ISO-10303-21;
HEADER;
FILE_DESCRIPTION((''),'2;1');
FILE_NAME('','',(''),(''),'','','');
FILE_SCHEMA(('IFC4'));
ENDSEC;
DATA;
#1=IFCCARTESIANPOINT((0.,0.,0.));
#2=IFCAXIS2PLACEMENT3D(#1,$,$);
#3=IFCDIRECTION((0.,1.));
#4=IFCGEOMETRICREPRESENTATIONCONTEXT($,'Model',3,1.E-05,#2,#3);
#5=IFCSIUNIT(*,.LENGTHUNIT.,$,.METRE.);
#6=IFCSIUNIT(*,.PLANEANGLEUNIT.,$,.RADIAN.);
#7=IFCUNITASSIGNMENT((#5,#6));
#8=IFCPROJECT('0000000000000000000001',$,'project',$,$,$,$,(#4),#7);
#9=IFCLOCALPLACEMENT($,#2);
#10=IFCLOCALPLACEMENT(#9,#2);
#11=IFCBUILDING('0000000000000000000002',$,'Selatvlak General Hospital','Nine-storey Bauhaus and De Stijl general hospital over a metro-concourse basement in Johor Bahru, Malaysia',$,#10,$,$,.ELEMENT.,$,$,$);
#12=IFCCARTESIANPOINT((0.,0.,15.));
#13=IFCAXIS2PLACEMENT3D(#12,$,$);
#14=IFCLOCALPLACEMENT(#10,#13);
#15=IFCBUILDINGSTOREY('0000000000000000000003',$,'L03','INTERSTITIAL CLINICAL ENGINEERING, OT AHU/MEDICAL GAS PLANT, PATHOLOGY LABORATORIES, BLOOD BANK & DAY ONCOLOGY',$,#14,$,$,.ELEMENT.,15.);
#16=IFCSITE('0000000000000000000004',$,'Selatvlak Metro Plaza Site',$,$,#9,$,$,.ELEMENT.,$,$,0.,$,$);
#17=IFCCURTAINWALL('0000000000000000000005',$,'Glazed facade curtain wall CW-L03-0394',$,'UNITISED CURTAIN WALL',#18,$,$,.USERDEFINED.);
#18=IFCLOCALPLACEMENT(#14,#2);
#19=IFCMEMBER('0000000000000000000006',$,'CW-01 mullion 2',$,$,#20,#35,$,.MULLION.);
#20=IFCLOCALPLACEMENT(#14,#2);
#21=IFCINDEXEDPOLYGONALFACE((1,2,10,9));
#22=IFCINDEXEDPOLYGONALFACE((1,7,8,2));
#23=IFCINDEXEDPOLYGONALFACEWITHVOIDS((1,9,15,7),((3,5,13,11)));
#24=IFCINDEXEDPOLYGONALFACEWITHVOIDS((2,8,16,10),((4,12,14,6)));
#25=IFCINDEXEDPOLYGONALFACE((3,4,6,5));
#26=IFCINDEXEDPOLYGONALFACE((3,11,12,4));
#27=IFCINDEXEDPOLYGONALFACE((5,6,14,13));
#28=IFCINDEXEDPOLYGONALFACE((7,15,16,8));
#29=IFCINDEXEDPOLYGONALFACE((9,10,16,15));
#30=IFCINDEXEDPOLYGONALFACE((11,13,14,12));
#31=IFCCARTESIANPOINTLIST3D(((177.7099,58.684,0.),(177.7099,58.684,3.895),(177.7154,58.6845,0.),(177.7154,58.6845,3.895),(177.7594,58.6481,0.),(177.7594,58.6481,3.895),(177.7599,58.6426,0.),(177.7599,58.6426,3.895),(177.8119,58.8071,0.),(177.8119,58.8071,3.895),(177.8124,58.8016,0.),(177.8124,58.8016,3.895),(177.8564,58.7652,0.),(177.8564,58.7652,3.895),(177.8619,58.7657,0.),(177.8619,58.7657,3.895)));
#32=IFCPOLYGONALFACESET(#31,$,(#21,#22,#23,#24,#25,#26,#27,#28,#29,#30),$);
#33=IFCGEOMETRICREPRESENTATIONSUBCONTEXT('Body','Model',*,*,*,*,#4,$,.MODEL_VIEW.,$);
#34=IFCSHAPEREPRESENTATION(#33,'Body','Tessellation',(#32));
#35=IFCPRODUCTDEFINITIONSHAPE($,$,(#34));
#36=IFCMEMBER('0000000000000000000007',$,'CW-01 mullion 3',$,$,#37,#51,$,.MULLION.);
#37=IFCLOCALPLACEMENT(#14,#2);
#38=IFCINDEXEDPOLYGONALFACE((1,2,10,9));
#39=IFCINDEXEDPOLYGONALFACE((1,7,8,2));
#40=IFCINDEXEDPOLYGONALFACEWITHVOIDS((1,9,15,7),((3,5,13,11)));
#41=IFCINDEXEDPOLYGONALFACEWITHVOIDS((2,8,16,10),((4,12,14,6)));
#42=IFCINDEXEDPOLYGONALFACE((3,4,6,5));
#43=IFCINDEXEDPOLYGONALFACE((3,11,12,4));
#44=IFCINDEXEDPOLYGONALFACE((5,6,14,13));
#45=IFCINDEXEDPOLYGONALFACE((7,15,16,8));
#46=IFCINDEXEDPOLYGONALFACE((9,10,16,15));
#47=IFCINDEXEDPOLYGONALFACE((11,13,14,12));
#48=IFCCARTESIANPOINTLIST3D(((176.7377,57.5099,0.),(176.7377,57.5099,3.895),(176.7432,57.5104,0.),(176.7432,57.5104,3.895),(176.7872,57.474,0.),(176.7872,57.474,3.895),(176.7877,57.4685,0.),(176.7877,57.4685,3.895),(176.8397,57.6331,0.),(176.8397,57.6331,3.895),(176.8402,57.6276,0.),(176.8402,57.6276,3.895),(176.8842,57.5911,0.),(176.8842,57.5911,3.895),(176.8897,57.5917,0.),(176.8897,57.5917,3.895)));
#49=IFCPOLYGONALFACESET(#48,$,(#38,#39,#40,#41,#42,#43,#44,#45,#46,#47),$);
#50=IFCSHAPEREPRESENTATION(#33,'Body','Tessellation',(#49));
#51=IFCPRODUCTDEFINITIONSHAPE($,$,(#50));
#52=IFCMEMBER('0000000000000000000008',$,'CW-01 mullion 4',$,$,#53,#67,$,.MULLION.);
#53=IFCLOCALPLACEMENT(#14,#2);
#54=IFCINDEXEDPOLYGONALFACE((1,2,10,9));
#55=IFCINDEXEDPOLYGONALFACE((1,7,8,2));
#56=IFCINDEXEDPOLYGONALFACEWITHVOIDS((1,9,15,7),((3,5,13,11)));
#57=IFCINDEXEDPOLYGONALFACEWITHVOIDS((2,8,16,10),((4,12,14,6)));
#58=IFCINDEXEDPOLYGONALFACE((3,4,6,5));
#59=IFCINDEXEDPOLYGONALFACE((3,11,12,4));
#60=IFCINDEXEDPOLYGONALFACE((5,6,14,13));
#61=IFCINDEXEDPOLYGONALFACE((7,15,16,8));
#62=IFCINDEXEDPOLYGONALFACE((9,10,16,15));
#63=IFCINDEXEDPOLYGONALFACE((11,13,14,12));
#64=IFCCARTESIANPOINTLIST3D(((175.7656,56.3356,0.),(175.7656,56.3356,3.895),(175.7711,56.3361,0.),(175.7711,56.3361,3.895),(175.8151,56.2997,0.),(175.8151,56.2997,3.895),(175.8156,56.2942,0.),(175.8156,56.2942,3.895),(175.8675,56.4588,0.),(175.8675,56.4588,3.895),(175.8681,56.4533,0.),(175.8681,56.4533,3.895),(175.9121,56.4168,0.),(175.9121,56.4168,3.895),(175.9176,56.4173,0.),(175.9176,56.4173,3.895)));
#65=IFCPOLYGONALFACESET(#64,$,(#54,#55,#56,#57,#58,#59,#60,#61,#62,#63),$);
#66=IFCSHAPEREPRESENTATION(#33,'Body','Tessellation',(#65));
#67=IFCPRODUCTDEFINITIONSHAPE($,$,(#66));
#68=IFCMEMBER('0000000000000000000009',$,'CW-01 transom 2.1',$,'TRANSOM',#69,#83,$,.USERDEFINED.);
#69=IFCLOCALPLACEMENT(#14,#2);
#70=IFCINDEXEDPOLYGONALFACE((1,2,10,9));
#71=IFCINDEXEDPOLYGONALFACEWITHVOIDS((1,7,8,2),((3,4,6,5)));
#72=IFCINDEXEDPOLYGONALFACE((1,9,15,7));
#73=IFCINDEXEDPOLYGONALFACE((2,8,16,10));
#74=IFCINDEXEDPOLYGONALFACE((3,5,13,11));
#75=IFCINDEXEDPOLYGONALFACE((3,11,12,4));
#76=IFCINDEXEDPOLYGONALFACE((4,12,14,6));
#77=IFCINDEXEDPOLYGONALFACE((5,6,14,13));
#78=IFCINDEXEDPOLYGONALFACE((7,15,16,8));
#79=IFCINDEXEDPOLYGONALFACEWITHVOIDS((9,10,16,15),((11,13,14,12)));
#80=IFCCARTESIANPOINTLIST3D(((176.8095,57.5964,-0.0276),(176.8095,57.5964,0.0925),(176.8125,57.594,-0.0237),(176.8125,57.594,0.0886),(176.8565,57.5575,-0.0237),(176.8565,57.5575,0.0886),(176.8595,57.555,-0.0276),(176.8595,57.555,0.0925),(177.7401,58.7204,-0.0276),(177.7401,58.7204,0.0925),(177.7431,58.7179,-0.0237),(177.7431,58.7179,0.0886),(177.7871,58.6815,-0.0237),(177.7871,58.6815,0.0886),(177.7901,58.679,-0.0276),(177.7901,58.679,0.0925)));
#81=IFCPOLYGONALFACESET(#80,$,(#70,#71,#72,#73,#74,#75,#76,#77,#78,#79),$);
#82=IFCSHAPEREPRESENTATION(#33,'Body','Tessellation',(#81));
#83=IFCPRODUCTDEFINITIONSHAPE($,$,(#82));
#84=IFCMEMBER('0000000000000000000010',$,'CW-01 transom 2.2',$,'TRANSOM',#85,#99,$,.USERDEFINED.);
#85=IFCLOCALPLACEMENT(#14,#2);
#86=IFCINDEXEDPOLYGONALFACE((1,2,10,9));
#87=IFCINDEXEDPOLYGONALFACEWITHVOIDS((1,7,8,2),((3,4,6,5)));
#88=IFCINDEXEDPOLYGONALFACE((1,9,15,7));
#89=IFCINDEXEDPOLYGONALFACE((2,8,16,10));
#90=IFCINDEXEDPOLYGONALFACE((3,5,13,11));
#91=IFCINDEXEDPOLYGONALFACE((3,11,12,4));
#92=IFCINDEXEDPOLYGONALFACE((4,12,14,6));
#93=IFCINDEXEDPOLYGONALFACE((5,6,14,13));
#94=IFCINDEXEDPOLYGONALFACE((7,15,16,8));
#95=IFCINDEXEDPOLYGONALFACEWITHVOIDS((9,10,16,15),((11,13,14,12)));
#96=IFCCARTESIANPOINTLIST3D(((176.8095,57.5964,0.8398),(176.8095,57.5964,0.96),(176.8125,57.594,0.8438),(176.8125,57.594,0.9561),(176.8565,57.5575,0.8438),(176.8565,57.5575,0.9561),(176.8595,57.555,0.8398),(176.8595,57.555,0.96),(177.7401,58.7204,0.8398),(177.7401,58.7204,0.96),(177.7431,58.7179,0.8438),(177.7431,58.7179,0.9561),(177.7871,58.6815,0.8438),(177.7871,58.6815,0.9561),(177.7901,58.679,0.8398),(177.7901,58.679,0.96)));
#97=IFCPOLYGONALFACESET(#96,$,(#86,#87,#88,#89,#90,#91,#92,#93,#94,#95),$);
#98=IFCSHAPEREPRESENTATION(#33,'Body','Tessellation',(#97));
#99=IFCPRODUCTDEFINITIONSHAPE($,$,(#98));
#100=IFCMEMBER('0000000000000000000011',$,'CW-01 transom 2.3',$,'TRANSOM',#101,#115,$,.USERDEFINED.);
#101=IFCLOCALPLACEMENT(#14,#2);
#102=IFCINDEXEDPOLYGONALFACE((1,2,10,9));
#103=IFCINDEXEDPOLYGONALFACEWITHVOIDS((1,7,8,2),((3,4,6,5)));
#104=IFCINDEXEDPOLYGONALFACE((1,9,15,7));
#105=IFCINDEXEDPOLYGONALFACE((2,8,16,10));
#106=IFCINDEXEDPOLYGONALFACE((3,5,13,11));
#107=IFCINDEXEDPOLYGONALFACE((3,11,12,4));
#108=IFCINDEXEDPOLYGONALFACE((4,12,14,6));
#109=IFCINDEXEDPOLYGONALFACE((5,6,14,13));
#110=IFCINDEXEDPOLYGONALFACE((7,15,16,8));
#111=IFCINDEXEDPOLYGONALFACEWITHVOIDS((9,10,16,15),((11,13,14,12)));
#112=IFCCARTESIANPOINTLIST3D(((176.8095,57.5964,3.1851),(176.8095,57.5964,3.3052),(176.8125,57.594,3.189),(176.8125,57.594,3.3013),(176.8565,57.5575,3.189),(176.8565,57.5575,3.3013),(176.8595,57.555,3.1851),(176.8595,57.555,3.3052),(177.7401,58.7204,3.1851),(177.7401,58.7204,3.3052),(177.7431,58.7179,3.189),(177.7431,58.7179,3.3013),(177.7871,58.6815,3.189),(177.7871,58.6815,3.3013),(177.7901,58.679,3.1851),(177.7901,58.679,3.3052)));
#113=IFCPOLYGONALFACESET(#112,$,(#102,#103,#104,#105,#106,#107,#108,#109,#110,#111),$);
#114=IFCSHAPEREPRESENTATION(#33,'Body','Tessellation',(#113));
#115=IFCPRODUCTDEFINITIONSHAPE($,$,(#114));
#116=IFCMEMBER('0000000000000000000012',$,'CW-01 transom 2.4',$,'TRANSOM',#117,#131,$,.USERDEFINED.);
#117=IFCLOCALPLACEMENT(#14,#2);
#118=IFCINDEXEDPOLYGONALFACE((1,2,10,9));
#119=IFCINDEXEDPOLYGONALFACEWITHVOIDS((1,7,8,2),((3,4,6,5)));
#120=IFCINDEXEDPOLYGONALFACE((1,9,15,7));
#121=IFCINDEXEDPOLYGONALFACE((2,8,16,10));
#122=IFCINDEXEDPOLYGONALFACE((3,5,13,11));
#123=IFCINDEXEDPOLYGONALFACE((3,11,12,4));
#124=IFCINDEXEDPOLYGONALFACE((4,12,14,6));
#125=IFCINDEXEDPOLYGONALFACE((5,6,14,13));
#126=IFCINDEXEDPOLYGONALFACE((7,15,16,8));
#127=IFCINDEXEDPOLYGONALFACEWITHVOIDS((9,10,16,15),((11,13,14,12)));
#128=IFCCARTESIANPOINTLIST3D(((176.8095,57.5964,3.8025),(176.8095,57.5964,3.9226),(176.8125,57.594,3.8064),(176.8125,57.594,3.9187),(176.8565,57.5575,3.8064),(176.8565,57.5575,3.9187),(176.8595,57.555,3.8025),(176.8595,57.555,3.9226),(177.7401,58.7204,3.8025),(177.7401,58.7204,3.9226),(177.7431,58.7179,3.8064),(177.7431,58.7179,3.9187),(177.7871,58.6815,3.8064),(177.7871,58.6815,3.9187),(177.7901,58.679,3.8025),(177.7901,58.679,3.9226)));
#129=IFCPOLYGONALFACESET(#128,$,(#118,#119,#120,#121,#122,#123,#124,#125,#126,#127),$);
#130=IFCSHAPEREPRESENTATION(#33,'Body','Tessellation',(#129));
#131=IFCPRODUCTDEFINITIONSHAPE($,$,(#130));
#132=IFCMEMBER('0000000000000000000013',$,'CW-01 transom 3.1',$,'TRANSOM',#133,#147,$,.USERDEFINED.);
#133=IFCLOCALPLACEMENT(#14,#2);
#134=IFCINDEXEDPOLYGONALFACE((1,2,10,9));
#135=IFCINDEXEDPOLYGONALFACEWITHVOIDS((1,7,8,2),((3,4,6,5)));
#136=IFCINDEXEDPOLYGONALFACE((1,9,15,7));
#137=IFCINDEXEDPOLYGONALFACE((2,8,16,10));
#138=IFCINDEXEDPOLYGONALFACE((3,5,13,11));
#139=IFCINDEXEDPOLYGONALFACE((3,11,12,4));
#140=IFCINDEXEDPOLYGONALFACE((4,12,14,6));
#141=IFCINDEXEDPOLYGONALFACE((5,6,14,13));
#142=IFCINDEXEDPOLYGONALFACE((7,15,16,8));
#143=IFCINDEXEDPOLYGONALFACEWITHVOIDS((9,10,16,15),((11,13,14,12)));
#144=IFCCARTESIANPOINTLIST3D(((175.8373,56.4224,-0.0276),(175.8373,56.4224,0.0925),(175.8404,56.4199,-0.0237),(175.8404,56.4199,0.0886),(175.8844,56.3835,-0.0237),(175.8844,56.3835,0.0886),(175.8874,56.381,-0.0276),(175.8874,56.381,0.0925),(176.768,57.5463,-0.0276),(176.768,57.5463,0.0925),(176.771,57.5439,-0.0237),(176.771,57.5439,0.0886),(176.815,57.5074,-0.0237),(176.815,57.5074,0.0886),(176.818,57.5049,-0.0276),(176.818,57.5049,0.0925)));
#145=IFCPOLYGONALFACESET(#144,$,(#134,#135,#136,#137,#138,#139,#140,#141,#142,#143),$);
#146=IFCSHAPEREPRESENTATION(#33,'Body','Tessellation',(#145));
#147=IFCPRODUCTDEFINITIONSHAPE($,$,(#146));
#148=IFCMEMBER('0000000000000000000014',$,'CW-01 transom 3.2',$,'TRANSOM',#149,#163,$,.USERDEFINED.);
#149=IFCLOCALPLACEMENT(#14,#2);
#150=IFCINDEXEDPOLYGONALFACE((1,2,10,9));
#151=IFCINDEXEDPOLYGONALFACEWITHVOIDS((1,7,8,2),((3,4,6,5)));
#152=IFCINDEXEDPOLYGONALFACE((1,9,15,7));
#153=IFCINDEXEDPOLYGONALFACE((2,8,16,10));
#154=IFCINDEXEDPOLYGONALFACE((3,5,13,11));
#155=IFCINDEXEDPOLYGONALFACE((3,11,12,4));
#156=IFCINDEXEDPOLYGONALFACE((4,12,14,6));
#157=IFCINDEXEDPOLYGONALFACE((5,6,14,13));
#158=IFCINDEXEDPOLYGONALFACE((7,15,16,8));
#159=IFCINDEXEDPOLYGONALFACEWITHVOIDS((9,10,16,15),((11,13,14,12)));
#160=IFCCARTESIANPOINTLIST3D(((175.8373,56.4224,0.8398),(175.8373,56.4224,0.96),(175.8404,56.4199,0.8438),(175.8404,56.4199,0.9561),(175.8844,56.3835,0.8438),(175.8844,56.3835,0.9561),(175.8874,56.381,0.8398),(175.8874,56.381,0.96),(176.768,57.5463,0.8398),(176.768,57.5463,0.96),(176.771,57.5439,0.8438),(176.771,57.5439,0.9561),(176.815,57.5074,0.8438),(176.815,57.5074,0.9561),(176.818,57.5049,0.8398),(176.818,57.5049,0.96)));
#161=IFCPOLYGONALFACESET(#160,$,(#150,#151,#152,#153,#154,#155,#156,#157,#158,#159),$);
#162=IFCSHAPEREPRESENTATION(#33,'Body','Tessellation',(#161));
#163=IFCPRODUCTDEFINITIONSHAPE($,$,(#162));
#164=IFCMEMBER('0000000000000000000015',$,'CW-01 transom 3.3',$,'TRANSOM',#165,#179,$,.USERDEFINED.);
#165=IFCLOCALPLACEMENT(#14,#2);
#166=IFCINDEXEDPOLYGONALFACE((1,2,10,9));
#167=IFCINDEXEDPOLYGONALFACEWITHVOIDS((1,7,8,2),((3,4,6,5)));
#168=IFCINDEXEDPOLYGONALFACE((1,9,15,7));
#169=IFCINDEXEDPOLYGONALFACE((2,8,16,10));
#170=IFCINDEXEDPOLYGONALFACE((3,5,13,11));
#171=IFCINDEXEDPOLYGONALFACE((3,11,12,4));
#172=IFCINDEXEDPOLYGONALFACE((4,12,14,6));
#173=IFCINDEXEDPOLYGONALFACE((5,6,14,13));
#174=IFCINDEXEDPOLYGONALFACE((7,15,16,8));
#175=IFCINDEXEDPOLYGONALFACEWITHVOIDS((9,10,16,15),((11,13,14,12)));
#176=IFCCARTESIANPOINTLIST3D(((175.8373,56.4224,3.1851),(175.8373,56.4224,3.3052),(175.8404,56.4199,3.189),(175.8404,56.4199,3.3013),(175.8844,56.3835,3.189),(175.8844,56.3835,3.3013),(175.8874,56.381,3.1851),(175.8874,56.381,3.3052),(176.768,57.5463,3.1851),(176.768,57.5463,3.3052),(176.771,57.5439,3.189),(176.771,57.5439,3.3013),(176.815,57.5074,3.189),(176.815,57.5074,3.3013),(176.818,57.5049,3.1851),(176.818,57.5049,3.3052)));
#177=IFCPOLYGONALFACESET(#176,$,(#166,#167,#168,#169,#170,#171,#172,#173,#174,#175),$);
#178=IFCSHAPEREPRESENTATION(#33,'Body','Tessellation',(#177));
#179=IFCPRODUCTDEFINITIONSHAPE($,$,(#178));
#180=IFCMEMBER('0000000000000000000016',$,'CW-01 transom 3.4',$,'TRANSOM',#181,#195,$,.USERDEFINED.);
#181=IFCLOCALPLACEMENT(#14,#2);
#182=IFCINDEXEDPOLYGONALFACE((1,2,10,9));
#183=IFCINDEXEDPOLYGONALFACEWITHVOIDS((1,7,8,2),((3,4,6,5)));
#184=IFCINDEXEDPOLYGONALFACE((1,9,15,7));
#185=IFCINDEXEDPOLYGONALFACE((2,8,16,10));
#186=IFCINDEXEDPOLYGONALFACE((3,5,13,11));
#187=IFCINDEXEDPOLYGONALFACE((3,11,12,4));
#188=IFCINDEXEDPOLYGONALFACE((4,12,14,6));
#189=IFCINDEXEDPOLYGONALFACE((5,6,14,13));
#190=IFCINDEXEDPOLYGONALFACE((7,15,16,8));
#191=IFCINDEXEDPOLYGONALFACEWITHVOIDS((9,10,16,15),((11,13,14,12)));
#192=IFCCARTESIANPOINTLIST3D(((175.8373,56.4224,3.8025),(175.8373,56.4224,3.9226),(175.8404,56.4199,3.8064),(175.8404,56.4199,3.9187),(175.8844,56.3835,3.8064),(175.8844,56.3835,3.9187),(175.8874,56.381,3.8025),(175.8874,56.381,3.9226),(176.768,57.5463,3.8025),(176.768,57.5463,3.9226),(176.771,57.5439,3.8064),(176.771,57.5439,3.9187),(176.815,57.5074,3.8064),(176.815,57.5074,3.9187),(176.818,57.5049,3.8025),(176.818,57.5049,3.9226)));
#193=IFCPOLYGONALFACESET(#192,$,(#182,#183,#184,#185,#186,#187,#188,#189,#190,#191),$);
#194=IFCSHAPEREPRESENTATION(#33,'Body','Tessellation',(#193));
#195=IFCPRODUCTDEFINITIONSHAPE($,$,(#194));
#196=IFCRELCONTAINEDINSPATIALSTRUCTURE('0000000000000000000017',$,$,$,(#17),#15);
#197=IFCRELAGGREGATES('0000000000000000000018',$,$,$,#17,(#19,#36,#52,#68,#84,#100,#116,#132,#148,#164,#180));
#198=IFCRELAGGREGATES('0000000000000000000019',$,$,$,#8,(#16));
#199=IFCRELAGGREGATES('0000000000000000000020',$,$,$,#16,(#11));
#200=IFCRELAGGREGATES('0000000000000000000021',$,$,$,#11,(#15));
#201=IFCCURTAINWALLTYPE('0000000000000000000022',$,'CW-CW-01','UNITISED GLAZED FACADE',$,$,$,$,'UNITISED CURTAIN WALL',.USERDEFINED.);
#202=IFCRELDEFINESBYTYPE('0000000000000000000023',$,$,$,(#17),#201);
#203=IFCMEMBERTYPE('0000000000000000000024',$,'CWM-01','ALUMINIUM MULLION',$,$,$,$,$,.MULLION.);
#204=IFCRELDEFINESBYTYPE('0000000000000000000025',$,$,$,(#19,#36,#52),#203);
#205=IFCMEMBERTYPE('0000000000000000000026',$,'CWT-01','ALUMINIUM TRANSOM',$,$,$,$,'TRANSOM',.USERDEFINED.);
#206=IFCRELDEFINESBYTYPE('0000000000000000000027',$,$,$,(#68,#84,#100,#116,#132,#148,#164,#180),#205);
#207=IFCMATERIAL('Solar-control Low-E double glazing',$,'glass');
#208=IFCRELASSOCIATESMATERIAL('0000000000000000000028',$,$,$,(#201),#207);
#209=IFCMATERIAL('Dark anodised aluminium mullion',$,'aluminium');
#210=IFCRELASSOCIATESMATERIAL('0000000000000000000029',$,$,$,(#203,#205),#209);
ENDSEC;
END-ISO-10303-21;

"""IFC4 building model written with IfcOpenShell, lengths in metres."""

from ifc_helpers import new_model, si_unit, direction, frame, origin, origin_2d, place, context, subcontext, project, spatial, hollow_rectangle, extrude, material, material_profile, profile_set, type_object, element, aggregate, save


model = new_model("IFC4")

# Units and contexts
model_context = context("Model", 3, precision=1e-05, world=origin(), true_north=direction((0.0, 1.0)))
body_context = subcontext(model_context, "Body", "Model", "MODEL_VIEW")
ifc_project = project(units=[si_unit("LENGTHUNIT", "METRE"), si_unit("PLANEANGLEUNIT", "RADIAN")], contexts=[model_context])

# Site, building, storey
site_placement = place(None, origin())
site = spatial("IfcSite", under=ifc_project, at=site_placement, Name="Selatvlak Metro Plaza Site", CompositionType="ELEMENT", RefElevation=0.0)
building_placement = place(site_placement, origin())
building = spatial("IfcBuilding", under=site, at=building_placement, Name="Selatvlak General Hospital", Description="Nine-storey Bauhaus and De Stijl general hospital over a metro-concourse basement in Johor Bahru, Malaysia", CompositionType="ELEMENT")
storey_placement = place(building_placement, frame((0.0, 0.0, 15.0)))
storey = spatial("IfcBuildingStorey", under=building, at=storey_placement, Name="L03", Description="INTERSTITIAL CLINICAL ENGINEERING, OT AHU/MEDICAL GAS PLANT, PATHOLOGY LABORATORIES, BLOOD BANK & DAY ONCOLOGY", CompositionType="ELEMENT", Elevation=15.0)

# Curtain wall, members
ifc_material_1 = material(Name="Solar-control Low-E double glazing", Category="glass")
curtain_wall_type = type_object("IfcCurtainWallType", Name="CW-CW-01", Description="UNITISED GLAZED FACADE", ElementType="UNITISED CURTAIN WALL", PredefinedType="USERDEFINED", material=ifc_material_1)
curtain_wall_placement = place(storey_placement, origin())
curtain_wall = element("IfcCurtainWall", 1, at=curtain_wall_placement, inside=storey, type_object=curtain_wall_type, Name="Glazed facade curtain wall CW-L03-0394", ObjectType="UNITISED CURTAIN WALL", PredefinedType="USERDEFINED")
ifc_material_2 = material(Name="Dark anodised aluminium mullion", Category="aluminium")
ifc_material_profile_1 = material_profile(ifc_material_2, hollow_rectangle(XDim=0.0649, YDim=0.1599, WallThickness=0.0039, at=origin_2d()), Name="AL-MUL 65x160x4")
ifc_profile_set_1 = profile_set([ifc_material_profile_1], Name="Dark anodised aluminium mullion")
member_type_1 = type_object("IfcMemberType", Name="CWM-01", Description="ALUMINIUM MULLION", PredefinedType="MULLION", material=ifc_profile_set_1)
member_1_placement = place(storey_placement, frame((177.7859, 58.7249, 0.0), z_axis=(0.0, 0.0, 1.0), x_axis=(0.770252, -0.63774, 0.0)))
member_1 = element("IfcMember", 2, at=member_1_placement, type_object=member_type_1, Name="CW-01 mullion 2", PredefinedType="MULLION", context=body_context, shape_type="SweptSolid", body=[
    extrude(hollow_rectangle(XDim=0.0649, YDim=0.1599, WallThickness=0.0039, at=origin_2d()), origin(), (0.0, 0.0, 1.0), 3.895),
])
member_2_placement = place(storey_placement, frame((176.8137, 57.5508, 0.0), z_axis=(0.0, 0.0, 1.0), x_axis=(0.770252, -0.63774, 0.0)))
member_2 = element("IfcMember", 3, at=member_2_placement, type_object=member_type_1, Name="CW-01 mullion 3", PredefinedType="MULLION", context=body_context, shape_type="SweptSolid", body=[
    extrude(hollow_rectangle(XDim=0.0649, YDim=0.1599, WallThickness=0.0039, at=origin_2d()), origin(), (0.0, 0.0, 1.0), 3.895),
])
member_3_placement = place(storey_placement, frame((175.8416, 56.3765, 0.0), z_axis=(0.0, 0.0, 1.0), x_axis=(0.770252, -0.63774, 0.0)))
member_3 = element("IfcMember", 4, at=member_3_placement, type_object=member_type_1, Name="CW-01 mullion 4", PredefinedType="MULLION", context=body_context, shape_type="SweptSolid", body=[
    extrude(hollow_rectangle(XDim=0.0649, YDim=0.1599, WallThickness=0.0039, at=origin_2d()), origin(), (0.0, 0.0, 1.0), 3.895),
])
ifc_material_profile_2 = material_profile(ifc_material_2, hollow_rectangle(XDim=0.0649, YDim=0.1201, WallThickness=0.0039, at=origin_2d()), Name="AL-TRN 65x120x4")
ifc_profile_set_2 = profile_set([ifc_material_profile_2], Name="Dark anodised aluminium mullion")
member_type_2 = type_object("IfcMemberType", Name="CWT-01", Description="ALUMINIUM TRANSOM", ElementType="TRANSOM", PredefinedType="USERDEFINED", material=ifc_profile_set_2)
member_4_placement = place(storey_placement, frame((177.7651, 58.6997, 0.0325), z_axis=(-0.637746, -0.770247, 0.0), x_axis=(0.770247, -0.637746, 0.0)))
member_4 = element("IfcMember", 5, at=member_4_placement, type_object=member_type_2, Name="CW-01 transom 2.1", ObjectType="TRANSOM", PredefinedType="USERDEFINED", context=body_context, shape_type="SweptSolid", body=[
    extrude(hollow_rectangle(XDim=0.0649, YDim=0.1201, WallThickness=0.0039, at=origin_2d()), origin(), (0.0, 0.0, 1.0), 1.4592),
])
member_5_placement = place(storey_placement, frame((177.7651, 58.6997, 0.8999), z_axis=(-0.637746, -0.770247, 0.0), x_axis=(0.770247, -0.637746, 0.0)))
member_5 = element("IfcMember", 6, at=member_5_placement, type_object=member_type_2, Name="CW-01 transom 2.2", ObjectType="TRANSOM", PredefinedType="USERDEFINED", context=body_context, shape_type="SweptSolid", body=[
    extrude(hollow_rectangle(XDim=0.0649, YDim=0.1201, WallThickness=0.0039, at=origin_2d()), origin(), (0.0, 0.0, 1.0), 1.4592),
])
member_6_placement = place(storey_placement, frame((177.7651, 58.6997, 3.2451), z_axis=(-0.637746, -0.770247, 0.0), x_axis=(0.770247, -0.637746, 0.0)))
member_6 = element("IfcMember", 7, at=member_6_placement, type_object=member_type_2, Name="CW-01 transom 2.3", ObjectType="TRANSOM", PredefinedType="USERDEFINED", context=body_context, shape_type="SweptSolid", body=[
    extrude(hollow_rectangle(XDim=0.0649, YDim=0.1201, WallThickness=0.0039, at=origin_2d()), origin(), (0.0, 0.0, 1.0), 1.4592),
])
member_7_placement = place(storey_placement, frame((177.7651, 58.6997, 3.8625), z_axis=(-0.637746, -0.770247, 0.0), x_axis=(0.770247, -0.637746, 0.0)))
member_7 = element("IfcMember", 8, at=member_7_placement, type_object=member_type_2, Name="CW-01 transom 2.4", ObjectType="TRANSOM", PredefinedType="USERDEFINED", context=body_context, shape_type="SweptSolid", body=[
    extrude(hollow_rectangle(XDim=0.0649, YDim=0.1201, WallThickness=0.0039, at=origin_2d()), origin(), (0.0, 0.0, 1.0), 1.4592),
])
member_8_placement = place(storey_placement, frame((176.793, 57.5256, 0.0325), z_axis=(-0.637746, -0.770247, 0.0), x_axis=(0.770247, -0.637746, 0.0)))
member_8 = element("IfcMember", 9, at=member_8_placement, type_object=member_type_2, Name="CW-01 transom 3.1", ObjectType="TRANSOM", PredefinedType="USERDEFINED", context=body_context, shape_type="SweptSolid", body=[
    extrude(hollow_rectangle(XDim=0.0649, YDim=0.1201, WallThickness=0.0039, at=origin_2d()), origin(), (0.0, 0.0, 1.0), 1.4592),
])
member_9_placement = place(storey_placement, frame((176.793, 57.5256, 0.8999), z_axis=(-0.637746, -0.770247, 0.0), x_axis=(0.770247, -0.637746, 0.0)))
member_9 = element("IfcMember", 10, at=member_9_placement, type_object=member_type_2, Name="CW-01 transom 3.2", ObjectType="TRANSOM", PredefinedType="USERDEFINED", context=body_context, shape_type="SweptSolid", body=[
    extrude(hollow_rectangle(XDim=0.0649, YDim=0.1201, WallThickness=0.0039, at=origin_2d()), origin(), (0.0, 0.0, 1.0), 1.4592),
])
member_10_placement = place(storey_placement, frame((176.793, 57.5256, 3.2451), z_axis=(-0.637746, -0.770247, 0.0), x_axis=(0.770247, -0.637746, 0.0)))
member_10 = element("IfcMember", 11, at=member_10_placement, type_object=member_type_2, Name="CW-01 transom 3.3", ObjectType="TRANSOM", PredefinedType="USERDEFINED", context=body_context, shape_type="SweptSolid", body=[
    extrude(hollow_rectangle(XDim=0.0649, YDim=0.1201, WallThickness=0.0039, at=origin_2d()), origin(), (0.0, 0.0, 1.0), 1.4592),
])
member_11_placement = place(storey_placement, frame((176.793, 57.5256, 3.8625), z_axis=(-0.637746, -0.770247, 0.0), x_axis=(0.770247, -0.637746, 0.0)))
member_11 = element("IfcMember", 12, at=member_11_placement, type_object=member_type_2, Name="CW-01 transom 3.4", ObjectType="TRANSOM", PredefinedType="USERDEFINED", context=body_context, shape_type="SweptSolid", body=[
    extrude(hollow_rectangle(XDim=0.0649, YDim=0.1201, WallThickness=0.0039, at=origin_2d()), origin(), (0.0, 0.0, 1.0), 1.4592),
])
aggregate(curtain_wall, [member_1, member_2, member_3, member_4, member_5, member_6, member_7, member_8, member_9, member_10, member_11])

save(model, "model.ifc")
